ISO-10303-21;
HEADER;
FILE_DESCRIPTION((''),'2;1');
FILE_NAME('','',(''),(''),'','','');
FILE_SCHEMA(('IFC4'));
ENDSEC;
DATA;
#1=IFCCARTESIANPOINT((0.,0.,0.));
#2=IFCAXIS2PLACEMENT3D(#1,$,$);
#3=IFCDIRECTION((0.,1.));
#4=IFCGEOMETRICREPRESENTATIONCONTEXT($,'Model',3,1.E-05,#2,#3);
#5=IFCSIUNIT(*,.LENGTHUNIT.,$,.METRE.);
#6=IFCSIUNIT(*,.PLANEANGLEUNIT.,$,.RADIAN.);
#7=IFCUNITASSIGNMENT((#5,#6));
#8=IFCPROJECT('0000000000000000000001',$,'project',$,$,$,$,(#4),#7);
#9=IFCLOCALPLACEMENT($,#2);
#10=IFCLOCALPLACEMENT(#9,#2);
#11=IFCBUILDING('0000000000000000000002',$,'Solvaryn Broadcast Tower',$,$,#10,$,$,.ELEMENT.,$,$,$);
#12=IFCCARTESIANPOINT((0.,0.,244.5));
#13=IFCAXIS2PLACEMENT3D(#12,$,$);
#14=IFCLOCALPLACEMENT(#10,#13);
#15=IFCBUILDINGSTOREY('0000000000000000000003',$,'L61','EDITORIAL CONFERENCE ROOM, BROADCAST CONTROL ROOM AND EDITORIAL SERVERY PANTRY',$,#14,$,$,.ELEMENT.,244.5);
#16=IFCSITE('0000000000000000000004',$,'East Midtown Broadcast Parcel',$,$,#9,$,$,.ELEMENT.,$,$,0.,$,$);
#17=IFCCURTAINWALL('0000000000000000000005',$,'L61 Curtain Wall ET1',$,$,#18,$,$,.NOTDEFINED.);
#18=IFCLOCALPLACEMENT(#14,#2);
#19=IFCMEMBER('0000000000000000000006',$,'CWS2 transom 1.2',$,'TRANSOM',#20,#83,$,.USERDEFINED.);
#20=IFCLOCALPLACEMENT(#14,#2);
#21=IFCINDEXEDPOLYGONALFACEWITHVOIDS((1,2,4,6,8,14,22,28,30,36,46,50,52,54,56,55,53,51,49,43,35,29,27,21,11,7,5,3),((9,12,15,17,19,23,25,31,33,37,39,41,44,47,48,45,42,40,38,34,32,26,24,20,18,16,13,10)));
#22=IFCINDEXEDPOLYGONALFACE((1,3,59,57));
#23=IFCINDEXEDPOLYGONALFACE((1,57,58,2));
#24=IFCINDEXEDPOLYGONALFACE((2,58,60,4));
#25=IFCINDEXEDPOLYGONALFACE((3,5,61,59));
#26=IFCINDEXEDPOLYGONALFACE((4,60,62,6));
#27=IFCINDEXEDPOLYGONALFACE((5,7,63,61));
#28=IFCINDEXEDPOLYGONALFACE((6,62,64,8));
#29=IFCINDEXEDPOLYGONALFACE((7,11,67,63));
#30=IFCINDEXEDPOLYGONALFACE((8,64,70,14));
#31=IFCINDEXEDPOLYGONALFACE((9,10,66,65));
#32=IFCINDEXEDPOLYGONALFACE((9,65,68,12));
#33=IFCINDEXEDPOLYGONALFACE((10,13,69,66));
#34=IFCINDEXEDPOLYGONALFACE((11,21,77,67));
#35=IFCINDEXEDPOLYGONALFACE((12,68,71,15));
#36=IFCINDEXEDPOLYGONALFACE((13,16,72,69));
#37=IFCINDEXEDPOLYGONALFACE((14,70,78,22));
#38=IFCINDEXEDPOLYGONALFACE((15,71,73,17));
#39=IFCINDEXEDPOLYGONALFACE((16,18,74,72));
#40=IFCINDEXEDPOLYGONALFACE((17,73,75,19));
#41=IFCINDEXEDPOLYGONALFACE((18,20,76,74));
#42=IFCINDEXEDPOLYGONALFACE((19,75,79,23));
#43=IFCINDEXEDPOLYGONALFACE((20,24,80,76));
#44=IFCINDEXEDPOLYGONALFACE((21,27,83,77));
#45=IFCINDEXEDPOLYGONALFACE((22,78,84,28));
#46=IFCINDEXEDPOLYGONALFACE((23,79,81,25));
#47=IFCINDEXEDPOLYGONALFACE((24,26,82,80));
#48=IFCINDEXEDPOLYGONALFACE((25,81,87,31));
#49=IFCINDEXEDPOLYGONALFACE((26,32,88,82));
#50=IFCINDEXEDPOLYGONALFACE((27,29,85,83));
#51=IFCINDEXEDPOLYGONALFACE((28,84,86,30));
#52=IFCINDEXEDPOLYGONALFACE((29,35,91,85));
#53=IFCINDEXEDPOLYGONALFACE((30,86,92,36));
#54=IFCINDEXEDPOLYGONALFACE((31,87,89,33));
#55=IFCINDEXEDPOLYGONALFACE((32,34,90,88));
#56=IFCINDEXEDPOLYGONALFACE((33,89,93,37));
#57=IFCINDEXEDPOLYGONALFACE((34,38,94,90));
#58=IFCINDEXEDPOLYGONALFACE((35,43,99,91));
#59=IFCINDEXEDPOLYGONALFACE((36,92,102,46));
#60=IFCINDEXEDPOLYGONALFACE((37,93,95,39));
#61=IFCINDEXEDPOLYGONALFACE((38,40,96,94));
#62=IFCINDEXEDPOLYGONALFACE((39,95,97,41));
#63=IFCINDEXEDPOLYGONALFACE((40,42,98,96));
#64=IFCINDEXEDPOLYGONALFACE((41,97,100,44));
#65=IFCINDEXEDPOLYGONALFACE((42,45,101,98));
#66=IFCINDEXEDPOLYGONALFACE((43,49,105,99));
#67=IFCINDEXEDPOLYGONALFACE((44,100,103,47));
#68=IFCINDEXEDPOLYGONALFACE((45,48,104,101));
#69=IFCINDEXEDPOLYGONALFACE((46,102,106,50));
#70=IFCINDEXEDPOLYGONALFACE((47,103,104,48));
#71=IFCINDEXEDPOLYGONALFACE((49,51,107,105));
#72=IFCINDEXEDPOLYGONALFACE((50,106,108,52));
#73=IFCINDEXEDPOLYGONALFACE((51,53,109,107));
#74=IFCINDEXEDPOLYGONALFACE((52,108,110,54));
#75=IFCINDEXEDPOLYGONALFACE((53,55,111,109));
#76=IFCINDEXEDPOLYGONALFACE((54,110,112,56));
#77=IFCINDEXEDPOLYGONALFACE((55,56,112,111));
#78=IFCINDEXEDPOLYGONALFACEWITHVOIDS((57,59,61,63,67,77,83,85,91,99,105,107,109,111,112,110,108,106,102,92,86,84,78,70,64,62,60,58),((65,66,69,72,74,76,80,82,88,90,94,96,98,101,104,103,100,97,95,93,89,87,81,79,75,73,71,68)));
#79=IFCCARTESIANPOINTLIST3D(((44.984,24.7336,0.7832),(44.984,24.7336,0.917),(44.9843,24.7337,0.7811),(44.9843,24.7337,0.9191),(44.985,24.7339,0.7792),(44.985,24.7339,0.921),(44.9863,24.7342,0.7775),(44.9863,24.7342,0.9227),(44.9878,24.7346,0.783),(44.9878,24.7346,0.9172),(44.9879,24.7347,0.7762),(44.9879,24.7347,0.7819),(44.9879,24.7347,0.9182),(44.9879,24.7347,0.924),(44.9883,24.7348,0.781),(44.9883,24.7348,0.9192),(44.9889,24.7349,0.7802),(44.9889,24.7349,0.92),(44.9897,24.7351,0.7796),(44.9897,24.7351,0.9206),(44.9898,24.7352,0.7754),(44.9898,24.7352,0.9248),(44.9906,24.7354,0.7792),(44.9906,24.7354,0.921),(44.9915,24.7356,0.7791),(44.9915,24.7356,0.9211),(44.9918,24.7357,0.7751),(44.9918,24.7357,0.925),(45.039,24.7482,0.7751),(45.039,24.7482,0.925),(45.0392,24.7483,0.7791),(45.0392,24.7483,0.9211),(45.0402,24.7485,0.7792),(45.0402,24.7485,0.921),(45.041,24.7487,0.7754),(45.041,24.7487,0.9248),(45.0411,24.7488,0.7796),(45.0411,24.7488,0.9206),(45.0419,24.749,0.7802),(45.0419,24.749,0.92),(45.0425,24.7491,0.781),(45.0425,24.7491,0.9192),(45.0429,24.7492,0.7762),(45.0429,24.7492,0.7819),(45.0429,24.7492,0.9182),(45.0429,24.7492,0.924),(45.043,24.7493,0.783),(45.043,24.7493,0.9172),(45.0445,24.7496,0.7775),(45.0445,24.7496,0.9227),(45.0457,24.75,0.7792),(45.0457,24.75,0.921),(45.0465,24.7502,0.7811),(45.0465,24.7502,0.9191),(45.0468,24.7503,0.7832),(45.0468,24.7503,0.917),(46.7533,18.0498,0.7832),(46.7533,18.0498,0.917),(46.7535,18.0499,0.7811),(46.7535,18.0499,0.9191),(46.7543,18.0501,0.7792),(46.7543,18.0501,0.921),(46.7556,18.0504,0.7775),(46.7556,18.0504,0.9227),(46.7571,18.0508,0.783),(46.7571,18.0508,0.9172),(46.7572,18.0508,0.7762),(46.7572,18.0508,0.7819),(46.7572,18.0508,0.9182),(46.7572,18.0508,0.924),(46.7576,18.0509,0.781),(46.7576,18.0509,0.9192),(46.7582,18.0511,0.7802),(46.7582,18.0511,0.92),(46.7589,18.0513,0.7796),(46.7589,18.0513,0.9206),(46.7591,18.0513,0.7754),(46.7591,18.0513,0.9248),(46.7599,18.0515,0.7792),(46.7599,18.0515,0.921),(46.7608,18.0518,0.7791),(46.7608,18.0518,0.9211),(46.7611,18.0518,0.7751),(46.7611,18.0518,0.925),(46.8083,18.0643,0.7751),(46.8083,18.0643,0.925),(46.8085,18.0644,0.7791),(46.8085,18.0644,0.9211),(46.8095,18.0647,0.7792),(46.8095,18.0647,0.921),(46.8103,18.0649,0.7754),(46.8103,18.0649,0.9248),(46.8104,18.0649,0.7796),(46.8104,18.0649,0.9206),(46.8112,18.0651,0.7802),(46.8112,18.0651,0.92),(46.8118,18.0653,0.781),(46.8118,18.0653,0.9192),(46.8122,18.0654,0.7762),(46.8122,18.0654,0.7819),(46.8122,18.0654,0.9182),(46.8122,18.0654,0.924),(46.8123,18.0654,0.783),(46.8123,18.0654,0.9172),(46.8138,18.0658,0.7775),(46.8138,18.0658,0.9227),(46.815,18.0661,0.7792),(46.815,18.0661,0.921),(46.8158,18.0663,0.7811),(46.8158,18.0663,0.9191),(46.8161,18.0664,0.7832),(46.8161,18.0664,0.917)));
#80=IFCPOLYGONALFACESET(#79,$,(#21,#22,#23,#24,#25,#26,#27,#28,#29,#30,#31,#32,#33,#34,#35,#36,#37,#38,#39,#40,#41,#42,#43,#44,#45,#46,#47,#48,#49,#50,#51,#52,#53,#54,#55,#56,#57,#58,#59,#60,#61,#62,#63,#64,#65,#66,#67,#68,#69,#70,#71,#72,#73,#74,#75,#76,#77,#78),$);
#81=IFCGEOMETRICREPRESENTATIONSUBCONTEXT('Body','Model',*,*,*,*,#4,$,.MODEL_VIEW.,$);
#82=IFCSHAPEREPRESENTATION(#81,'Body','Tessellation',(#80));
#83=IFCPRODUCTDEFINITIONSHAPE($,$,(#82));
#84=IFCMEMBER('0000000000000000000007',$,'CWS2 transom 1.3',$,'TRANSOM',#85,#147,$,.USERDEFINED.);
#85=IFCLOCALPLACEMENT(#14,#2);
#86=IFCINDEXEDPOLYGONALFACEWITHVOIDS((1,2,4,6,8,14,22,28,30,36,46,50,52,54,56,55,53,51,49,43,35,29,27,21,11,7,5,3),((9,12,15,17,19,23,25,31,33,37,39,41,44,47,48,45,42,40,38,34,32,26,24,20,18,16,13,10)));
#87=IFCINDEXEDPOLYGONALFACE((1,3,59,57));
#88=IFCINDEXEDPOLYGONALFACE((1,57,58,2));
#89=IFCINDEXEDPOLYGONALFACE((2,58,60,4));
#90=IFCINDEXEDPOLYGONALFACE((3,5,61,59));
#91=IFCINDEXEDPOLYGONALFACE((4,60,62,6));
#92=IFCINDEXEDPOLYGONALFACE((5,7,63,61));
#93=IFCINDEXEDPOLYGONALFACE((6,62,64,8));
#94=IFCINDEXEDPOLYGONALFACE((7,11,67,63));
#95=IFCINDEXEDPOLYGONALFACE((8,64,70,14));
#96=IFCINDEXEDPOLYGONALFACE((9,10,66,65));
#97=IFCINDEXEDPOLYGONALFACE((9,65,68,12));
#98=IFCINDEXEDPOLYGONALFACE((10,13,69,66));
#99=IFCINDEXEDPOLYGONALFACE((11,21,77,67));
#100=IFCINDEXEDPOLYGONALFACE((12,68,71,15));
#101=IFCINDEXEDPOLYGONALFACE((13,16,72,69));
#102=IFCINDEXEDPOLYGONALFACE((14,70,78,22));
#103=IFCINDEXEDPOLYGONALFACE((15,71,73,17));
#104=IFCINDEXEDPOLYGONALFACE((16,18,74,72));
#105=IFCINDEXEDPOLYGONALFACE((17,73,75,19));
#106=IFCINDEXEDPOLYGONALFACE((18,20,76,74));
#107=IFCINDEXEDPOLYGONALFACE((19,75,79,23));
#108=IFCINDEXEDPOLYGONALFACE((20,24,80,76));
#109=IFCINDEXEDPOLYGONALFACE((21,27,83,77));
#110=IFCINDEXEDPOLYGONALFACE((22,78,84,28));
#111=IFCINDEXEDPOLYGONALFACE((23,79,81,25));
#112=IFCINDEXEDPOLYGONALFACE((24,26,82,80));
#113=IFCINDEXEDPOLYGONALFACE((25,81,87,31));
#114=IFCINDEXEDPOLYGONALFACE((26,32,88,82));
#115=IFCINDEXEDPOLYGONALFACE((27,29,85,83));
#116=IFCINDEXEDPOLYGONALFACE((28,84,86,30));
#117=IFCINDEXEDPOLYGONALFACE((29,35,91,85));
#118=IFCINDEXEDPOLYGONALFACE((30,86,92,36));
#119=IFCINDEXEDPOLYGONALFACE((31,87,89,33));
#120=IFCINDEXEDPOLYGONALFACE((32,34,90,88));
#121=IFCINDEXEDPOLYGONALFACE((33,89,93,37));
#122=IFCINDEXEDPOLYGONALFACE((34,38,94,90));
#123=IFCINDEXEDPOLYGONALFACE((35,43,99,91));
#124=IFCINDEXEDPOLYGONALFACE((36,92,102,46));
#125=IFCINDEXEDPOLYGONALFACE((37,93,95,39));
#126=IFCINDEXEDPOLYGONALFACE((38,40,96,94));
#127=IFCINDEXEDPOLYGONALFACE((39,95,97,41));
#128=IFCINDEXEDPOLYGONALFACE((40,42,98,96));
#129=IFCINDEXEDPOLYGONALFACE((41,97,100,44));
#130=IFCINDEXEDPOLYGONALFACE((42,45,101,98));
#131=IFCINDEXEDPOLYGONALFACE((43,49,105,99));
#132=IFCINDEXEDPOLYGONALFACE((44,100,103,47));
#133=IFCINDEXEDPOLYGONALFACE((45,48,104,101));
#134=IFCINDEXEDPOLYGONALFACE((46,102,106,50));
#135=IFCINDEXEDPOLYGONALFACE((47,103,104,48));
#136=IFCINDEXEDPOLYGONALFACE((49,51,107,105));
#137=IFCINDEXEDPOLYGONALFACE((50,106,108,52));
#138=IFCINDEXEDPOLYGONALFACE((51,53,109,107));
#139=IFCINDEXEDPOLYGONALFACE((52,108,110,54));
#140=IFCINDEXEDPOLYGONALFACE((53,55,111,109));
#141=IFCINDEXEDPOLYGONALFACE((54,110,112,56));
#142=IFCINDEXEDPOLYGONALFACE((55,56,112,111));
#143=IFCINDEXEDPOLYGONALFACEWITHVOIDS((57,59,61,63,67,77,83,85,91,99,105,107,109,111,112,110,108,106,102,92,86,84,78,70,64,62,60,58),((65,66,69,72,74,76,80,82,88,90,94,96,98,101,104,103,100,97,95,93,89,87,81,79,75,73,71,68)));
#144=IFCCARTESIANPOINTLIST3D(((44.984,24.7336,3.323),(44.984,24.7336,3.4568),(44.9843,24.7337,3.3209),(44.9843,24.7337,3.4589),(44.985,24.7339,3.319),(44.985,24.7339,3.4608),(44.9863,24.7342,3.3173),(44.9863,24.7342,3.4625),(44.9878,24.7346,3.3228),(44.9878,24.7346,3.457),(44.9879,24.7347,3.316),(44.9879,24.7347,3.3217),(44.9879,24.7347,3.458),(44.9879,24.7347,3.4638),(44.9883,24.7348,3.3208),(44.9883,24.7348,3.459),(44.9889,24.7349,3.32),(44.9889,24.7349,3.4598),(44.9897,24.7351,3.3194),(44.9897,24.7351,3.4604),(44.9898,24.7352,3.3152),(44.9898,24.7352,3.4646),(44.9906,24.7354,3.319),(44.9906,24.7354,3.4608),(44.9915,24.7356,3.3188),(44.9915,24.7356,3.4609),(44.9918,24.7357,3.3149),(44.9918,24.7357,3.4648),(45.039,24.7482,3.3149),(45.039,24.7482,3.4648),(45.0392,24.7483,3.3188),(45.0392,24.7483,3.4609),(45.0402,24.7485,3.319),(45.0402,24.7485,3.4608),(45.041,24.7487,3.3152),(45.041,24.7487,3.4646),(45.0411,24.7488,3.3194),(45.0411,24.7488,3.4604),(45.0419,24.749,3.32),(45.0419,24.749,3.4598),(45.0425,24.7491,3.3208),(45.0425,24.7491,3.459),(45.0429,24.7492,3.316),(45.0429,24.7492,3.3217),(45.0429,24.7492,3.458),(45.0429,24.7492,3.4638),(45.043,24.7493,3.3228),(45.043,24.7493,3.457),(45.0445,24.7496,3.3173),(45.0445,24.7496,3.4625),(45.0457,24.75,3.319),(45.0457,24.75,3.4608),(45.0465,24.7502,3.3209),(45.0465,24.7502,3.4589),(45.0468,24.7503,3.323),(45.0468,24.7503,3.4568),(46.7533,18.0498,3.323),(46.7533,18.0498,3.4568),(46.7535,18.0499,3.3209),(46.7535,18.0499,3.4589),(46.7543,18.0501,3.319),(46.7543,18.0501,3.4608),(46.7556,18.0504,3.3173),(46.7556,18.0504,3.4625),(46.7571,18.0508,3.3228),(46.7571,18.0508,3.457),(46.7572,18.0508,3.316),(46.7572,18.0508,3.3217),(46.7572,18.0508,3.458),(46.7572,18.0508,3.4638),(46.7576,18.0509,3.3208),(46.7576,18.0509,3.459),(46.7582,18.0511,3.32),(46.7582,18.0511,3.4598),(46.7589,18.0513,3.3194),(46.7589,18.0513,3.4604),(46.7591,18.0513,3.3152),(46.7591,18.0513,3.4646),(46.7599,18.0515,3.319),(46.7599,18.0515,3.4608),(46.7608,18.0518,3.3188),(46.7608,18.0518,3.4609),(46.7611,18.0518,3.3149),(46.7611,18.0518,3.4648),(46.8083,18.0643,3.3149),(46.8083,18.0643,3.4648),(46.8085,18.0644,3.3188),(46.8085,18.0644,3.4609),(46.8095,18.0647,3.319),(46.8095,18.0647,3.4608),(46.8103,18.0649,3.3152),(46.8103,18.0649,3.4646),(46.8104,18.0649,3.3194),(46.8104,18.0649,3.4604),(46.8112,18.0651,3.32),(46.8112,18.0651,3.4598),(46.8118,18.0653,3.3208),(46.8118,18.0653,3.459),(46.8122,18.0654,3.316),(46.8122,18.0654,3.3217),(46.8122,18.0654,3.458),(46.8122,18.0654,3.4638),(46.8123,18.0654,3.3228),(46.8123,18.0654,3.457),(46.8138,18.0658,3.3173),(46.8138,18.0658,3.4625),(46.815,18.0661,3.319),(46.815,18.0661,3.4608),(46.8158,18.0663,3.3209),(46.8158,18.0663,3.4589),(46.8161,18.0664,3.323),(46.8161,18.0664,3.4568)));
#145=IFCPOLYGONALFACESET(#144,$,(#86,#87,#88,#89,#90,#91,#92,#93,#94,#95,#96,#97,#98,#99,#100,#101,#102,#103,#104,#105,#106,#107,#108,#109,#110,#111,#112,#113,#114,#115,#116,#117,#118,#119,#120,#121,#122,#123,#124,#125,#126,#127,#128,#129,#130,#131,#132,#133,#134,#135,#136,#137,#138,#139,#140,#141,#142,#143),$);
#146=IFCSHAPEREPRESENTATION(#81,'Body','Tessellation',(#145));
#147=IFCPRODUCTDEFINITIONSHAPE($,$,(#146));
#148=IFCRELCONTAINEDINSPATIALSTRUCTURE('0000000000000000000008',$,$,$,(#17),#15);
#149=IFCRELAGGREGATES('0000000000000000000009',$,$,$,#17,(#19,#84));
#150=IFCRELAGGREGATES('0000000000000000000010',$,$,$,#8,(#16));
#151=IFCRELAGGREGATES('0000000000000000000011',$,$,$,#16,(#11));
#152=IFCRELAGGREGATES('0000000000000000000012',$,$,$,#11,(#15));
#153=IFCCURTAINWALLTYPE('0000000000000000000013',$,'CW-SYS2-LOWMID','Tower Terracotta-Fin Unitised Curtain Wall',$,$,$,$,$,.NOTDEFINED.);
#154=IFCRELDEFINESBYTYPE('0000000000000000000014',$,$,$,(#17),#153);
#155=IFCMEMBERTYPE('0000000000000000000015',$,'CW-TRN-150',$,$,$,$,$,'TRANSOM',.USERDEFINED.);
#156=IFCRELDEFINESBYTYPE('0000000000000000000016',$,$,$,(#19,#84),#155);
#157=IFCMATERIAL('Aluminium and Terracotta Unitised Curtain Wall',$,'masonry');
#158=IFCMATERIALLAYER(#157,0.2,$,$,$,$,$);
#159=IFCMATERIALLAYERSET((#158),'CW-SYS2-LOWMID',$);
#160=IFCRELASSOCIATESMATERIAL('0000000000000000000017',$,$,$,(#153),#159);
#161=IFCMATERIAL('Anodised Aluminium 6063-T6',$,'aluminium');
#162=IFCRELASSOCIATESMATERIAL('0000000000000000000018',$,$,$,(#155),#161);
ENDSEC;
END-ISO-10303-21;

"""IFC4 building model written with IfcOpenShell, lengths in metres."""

from ifc_helpers import new_model, si_unit, direction, frame, origin, origin_2d, place, context, subcontext, project, spatial, hollow_rectangle, extrude, material, layer, layer_set, material_profile, profile_set, type_object, element, aggregate, save


model = new_model("IFC4")

# Units and contexts
model_context = context("Model", 3, precision=1e-05, world=origin(), true_north=direction((0.0, 1.0)))
body_context = subcontext(model_context, "Body", "Model", "MODEL_VIEW")
ifc_project = project(units=[si_unit("LENGTHUNIT", "METRE"), si_unit("PLANEANGLEUNIT", "RADIAN")], contexts=[model_context])

# Site, building, storey
site_placement = place(None, origin())
site = spatial("IfcSite", under=ifc_project, at=site_placement, Name="East Midtown Broadcast Parcel", CompositionType="ELEMENT", RefElevation=0.0)
building_placement = place(site_placement, origin())
building = spatial("IfcBuilding", under=site, at=building_placement, Name="Solvaryn Broadcast Tower", CompositionType="ELEMENT")
storey_placement = place(building_placement, frame((0.0, 0.0, 244.5)))
storey = spatial("IfcBuildingStorey", under=building, at=storey_placement, Name="L61", Description="EDITORIAL CONFERENCE ROOM, BROADCAST CONTROL ROOM AND EDITORIAL SERVERY PANTRY", CompositionType="ELEMENT", Elevation=244.5)

# Curtain wall
ifc_material_1 = material(Name="Aluminium and Terracotta Unitised Curtain Wall", Category="masonry")
ifc_layer_1 = layer(ifc_material_1, 0.2)
ifc_layer_set_1 = layer_set([ifc_layer_1], Name="CW-SYS2-LOWMID")
curtain_wall_type = type_object("IfcCurtainWallType", Name="CW-SYS2-LOWMID", Description="Tower Terracotta-Fin Unitised Curtain Wall", PredefinedType="NOTDEFINED", material=ifc_layer_set_1)
curtain_wall_1_placement = place(storey_placement, origin())
curtain_wall_1 = element("IfcCurtainWall", 1, at=curtain_wall_1_placement, inside=storey, type_object=curtain_wall_type, Name="L61 Curtain Wall ET1", PredefinedType="NOTDEFINED")

# Members
ifc_material_2 = material(Name="Anodised Aluminium 6063-T6", Category="aluminium")
ifc_material_profile_1 = material_profile(ifc_material_2, hollow_rectangle(XDim=0.0649, YDim=0.1499, WallThickness=0.0039, InnerFilletRadius=0.0039, OuterFilletRadius=0.0081, at=origin_2d()))
ifc_profile_set_1 = profile_set([ifc_material_profile_1], Name="Anodised Aluminium 6063-T6")
member_type_1 = type_object("IfcMemberType", Name="CW-TRN-150", ElementType="TRANSOM", PredefinedType="USERDEFINED", material=ifc_profile_set_1)
member_1_placement = place(storey_placement, frame((45.0154, 24.7419, 0.8501), z_axis=(0.255897, -0.966704, 0.0), x_axis=(0.966704, 0.255897, 0.0)))
member_1 = element("IfcMember", 2, at=member_1_placement, type_object=member_type_1, Name="CWS2 transom 1.2", ObjectType="TRANSOM", PredefinedType="USERDEFINED", context=body_context, shape_type="SweptSolid", body=[
    extrude(hollow_rectangle(XDim=0.0649, YDim=0.1499, WallThickness=0.0039, InnerFilletRadius=0.0039, OuterFilletRadius=0.0081, at=origin_2d()), origin(), (0.0, 0.0, 1.0), 6.9141),
])
member_2_placement = place(storey_placement, frame((45.0154, 24.7419, 3.3899), z_axis=(0.255897, -0.966704, 0.0), x_axis=(0.966704, 0.255897, 0.0)))
member_2 = element("IfcMember", 3, at=member_2_placement, type_object=member_type_1, Name="CWS2 transom 1.3", ObjectType="TRANSOM", PredefinedType="USERDEFINED", context=body_context, shape_type="SweptSolid", body=[
    extrude(hollow_rectangle(XDim=0.0649, YDim=0.1499, WallThickness=0.0039, InnerFilletRadius=0.0039, OuterFilletRadius=0.0081, at=origin_2d()), origin(), (0.0, 0.0, 1.0), 6.9141),
])

aggregate(curtain_wall_1, [member_1, member_2])

save(model, "model.ifc")
